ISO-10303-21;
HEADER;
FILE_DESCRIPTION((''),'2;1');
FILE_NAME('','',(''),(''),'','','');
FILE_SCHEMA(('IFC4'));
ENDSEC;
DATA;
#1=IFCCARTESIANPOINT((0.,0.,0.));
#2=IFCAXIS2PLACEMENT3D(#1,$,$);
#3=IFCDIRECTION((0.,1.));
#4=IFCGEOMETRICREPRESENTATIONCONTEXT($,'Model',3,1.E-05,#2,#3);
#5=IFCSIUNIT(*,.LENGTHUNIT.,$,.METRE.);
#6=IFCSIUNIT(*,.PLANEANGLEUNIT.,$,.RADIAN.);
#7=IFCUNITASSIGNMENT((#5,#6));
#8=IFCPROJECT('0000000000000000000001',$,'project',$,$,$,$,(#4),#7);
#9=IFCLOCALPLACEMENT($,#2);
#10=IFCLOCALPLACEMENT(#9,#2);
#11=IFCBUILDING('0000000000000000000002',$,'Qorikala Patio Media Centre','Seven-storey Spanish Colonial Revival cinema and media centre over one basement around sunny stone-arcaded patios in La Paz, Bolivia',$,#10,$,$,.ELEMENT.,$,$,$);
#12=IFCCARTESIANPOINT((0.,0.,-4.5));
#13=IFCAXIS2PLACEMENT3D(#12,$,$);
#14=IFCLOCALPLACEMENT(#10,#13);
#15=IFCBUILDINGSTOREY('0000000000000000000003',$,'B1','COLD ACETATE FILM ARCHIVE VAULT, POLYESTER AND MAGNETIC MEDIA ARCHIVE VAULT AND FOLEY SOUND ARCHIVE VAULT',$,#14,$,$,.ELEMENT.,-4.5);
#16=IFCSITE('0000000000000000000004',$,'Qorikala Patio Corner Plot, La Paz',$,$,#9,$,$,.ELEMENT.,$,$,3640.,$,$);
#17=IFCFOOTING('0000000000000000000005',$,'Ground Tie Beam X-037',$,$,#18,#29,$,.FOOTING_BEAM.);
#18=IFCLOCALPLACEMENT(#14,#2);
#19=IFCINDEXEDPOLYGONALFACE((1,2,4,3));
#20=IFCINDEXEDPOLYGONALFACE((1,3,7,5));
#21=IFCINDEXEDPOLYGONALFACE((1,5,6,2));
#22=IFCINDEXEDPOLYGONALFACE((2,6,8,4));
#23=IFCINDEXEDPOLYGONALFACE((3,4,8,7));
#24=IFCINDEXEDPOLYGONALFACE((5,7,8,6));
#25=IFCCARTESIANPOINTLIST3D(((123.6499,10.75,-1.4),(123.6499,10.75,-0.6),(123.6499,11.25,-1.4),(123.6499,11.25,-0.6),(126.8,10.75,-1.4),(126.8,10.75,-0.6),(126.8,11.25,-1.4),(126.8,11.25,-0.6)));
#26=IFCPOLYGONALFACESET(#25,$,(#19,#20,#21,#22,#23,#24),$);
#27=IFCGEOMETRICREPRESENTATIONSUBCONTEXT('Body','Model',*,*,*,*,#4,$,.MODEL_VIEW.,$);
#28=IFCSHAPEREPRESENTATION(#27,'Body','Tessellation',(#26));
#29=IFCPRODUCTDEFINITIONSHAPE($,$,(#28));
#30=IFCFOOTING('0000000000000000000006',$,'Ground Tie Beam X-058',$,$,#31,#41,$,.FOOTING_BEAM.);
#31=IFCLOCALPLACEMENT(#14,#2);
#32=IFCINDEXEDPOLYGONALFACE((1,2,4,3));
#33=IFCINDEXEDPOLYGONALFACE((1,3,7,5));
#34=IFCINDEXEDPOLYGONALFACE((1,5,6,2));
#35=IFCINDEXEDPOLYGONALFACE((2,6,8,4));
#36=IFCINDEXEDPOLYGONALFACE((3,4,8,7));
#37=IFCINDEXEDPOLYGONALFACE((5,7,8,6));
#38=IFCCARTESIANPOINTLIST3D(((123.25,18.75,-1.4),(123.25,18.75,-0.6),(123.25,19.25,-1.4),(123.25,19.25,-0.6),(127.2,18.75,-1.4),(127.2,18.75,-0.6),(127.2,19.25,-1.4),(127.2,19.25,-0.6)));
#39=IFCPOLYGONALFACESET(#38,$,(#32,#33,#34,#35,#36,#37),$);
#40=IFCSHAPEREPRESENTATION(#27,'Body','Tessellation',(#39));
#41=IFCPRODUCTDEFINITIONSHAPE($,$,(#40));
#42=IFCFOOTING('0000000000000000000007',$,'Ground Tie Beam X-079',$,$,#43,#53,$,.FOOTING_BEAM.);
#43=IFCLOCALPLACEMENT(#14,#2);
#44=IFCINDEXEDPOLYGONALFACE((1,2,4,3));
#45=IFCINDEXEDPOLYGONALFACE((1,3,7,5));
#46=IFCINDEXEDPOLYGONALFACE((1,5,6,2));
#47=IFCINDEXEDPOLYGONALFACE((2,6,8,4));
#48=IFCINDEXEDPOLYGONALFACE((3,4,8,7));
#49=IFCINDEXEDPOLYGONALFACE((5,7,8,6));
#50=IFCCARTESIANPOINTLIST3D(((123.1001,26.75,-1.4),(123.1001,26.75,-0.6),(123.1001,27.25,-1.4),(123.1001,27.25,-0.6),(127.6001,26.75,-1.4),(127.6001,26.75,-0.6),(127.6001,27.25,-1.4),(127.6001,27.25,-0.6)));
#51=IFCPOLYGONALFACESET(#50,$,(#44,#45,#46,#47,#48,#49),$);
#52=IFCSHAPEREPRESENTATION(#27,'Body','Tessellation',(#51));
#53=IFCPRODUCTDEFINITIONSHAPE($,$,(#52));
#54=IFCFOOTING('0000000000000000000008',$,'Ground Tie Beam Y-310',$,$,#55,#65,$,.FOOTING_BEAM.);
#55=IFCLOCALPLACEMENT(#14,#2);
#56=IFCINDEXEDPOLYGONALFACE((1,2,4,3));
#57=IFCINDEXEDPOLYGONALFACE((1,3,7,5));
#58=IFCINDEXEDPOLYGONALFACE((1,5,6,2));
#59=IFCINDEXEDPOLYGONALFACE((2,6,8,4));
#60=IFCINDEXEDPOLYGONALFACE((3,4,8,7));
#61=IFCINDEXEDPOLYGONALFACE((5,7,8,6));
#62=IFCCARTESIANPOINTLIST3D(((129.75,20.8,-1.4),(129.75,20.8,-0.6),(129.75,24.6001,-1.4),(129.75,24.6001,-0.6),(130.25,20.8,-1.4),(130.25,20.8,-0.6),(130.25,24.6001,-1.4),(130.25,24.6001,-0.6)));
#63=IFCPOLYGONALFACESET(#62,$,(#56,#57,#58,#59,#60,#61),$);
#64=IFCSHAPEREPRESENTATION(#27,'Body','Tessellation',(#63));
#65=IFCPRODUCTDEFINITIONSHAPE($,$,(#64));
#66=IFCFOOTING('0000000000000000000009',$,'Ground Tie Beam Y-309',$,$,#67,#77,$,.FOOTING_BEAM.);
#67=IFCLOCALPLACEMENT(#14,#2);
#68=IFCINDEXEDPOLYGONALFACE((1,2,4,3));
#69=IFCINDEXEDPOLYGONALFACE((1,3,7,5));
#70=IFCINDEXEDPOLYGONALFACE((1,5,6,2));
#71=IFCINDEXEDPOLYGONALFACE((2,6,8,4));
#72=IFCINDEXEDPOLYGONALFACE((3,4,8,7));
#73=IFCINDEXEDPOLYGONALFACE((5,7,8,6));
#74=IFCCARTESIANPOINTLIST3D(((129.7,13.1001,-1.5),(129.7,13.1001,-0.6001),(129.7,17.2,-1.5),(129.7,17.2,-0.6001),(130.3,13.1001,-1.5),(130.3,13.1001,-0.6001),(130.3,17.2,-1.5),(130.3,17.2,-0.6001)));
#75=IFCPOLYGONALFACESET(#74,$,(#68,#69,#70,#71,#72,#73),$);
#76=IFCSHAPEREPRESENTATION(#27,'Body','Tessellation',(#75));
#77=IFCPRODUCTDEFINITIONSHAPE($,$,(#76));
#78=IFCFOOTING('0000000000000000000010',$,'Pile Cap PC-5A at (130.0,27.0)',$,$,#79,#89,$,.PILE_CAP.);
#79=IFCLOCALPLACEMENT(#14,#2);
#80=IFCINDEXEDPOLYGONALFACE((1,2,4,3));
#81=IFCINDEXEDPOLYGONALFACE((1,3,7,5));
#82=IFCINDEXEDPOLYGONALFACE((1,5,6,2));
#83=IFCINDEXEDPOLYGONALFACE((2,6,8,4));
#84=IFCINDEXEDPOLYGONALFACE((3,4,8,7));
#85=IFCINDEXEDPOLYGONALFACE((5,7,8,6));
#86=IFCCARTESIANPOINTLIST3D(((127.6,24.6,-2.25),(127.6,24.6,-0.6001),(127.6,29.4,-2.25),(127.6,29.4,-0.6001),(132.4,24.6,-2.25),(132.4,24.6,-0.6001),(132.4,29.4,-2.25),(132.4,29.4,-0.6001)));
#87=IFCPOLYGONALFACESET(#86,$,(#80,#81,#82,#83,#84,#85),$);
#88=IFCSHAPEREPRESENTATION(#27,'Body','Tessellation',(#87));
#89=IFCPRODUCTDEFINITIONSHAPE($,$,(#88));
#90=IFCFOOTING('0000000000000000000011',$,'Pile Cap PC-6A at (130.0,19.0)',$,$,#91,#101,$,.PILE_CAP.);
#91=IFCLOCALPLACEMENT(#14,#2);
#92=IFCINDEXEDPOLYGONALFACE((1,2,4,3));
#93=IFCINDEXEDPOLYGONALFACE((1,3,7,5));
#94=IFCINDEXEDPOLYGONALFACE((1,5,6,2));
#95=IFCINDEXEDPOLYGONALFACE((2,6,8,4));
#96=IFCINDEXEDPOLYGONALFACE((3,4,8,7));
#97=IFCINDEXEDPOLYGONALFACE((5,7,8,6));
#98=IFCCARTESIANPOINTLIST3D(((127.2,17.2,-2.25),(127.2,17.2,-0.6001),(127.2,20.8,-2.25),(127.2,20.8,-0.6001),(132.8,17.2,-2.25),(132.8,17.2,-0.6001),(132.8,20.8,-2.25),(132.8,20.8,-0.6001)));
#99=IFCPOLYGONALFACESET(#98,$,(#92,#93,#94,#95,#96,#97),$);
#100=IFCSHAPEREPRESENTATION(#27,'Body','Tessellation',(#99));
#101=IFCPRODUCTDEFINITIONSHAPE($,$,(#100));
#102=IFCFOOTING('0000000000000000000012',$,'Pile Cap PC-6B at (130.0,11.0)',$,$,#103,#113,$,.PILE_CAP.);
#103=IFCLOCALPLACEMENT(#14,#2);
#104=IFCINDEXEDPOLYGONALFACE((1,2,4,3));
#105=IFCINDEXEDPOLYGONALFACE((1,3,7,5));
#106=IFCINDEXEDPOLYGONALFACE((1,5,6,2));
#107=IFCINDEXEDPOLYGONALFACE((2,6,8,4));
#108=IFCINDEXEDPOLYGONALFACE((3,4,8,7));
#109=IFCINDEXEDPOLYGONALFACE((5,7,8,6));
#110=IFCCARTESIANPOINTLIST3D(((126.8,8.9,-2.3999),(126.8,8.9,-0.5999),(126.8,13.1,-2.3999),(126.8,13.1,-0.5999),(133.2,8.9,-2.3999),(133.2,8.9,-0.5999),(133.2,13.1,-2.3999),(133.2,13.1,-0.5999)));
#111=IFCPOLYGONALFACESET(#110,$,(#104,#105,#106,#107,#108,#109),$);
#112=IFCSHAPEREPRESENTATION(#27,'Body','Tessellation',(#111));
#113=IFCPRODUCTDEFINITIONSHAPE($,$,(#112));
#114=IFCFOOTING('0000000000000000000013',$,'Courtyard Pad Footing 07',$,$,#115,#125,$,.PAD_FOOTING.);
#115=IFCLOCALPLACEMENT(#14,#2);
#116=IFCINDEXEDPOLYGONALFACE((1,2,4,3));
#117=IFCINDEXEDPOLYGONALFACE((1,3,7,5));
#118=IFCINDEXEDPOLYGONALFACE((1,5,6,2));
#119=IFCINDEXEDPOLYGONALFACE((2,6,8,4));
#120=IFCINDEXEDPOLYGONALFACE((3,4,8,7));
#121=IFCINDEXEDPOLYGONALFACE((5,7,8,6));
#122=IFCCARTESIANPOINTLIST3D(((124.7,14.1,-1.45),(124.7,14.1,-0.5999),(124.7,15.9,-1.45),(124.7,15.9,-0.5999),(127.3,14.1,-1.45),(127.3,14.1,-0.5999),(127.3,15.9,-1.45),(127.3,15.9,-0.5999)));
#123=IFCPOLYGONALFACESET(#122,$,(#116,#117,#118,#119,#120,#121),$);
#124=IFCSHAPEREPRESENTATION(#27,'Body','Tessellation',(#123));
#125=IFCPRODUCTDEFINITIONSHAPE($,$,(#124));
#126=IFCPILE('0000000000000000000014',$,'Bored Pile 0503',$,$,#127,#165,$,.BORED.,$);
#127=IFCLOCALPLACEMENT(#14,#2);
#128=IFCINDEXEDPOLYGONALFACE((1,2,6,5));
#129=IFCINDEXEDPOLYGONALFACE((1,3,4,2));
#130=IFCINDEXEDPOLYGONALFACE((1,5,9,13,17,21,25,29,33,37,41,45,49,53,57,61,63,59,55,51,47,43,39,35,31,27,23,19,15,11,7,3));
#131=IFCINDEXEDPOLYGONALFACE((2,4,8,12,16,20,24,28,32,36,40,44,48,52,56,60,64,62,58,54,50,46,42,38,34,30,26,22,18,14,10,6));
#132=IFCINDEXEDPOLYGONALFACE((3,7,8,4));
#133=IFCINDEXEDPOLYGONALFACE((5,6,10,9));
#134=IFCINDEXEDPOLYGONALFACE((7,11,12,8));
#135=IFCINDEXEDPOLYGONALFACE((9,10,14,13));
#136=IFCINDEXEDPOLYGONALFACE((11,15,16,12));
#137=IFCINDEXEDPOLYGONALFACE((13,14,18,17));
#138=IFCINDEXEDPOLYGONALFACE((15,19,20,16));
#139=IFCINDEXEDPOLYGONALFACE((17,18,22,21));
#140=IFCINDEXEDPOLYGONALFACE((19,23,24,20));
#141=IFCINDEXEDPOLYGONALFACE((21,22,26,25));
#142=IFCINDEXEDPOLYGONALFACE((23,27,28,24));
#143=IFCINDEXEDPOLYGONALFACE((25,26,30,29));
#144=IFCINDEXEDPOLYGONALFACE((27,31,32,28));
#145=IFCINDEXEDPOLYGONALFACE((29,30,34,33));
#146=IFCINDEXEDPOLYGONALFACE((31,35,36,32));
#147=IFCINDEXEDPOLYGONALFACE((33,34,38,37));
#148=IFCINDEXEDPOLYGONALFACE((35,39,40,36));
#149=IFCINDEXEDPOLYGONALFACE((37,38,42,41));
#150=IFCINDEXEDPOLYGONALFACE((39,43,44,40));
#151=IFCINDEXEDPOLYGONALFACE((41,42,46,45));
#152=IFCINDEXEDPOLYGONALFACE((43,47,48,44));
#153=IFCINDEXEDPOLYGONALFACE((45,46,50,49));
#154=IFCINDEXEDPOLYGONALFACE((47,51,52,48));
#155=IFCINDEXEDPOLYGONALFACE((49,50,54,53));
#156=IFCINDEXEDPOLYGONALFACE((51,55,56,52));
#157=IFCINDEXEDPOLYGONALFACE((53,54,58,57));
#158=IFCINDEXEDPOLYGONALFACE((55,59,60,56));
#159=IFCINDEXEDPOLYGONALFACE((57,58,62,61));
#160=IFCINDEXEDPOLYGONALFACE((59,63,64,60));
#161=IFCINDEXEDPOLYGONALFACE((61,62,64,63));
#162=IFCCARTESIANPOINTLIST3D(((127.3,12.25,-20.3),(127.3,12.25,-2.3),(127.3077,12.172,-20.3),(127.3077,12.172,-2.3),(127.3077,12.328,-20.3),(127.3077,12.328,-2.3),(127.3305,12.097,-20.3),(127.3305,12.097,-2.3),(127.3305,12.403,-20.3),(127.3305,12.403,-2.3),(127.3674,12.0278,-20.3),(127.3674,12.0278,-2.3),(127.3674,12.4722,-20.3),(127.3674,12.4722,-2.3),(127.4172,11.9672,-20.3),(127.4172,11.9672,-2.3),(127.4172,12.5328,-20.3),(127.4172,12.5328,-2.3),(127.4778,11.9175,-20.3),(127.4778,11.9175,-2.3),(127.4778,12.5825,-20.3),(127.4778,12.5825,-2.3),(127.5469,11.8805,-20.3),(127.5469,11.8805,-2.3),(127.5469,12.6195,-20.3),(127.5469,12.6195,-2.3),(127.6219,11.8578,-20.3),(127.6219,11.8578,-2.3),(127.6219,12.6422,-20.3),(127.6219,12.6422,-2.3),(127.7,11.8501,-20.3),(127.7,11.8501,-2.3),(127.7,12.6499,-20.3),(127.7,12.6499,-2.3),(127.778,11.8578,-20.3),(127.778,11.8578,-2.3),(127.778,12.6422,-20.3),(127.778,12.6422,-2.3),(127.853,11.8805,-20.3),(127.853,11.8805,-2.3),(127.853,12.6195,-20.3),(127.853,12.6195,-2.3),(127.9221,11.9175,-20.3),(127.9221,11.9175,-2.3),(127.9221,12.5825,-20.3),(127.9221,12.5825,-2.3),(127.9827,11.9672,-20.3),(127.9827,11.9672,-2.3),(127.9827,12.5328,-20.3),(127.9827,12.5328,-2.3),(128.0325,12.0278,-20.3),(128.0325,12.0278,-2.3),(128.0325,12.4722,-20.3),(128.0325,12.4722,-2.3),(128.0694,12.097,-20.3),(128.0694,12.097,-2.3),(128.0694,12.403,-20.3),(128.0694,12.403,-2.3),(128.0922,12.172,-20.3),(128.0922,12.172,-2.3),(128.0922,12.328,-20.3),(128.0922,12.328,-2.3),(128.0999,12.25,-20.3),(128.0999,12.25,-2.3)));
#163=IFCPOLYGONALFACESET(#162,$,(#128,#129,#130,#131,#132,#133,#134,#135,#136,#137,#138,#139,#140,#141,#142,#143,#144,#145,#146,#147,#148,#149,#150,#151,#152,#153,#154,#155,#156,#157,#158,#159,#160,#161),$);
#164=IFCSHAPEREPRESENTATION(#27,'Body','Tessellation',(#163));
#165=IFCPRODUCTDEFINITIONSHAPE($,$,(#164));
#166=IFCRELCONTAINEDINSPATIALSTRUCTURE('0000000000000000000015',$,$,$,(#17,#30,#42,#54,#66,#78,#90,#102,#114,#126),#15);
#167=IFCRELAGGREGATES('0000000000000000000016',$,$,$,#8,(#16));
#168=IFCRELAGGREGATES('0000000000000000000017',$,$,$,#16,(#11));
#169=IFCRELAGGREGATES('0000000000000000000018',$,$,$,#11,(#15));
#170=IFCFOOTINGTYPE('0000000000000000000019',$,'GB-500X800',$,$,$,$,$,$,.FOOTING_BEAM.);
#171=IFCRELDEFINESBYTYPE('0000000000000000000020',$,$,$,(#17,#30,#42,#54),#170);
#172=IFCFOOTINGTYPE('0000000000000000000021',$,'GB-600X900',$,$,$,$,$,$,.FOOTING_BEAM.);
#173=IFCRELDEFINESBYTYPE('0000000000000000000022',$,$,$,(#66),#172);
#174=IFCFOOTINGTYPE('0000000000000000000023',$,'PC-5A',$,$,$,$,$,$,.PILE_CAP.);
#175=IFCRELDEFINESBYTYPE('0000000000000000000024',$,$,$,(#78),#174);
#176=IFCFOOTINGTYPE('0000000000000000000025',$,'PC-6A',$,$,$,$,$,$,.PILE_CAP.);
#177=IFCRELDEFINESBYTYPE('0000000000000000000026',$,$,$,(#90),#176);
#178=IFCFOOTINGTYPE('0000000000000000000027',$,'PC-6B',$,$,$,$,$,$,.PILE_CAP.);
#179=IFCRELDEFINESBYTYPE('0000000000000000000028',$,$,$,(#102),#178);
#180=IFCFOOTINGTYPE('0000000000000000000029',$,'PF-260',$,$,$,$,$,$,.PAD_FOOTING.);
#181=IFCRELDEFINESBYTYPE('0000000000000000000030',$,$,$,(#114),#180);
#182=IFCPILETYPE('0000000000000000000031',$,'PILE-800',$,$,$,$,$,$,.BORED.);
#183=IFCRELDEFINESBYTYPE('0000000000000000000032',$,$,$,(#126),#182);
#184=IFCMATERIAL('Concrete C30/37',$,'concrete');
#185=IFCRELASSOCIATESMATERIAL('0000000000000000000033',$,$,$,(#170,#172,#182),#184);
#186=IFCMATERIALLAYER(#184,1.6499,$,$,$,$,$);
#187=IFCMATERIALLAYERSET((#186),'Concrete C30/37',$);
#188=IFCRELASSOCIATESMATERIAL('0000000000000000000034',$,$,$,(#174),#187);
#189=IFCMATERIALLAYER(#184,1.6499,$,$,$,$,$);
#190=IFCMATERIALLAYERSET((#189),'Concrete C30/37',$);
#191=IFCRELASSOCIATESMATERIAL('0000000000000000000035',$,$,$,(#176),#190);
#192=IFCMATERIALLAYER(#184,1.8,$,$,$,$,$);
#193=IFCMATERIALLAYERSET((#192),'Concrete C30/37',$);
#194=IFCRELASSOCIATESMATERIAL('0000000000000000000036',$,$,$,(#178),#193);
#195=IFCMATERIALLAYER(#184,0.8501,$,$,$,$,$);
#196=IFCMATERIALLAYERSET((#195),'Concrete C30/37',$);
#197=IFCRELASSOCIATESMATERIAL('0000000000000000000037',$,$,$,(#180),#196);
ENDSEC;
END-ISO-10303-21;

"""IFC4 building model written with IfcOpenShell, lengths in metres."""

from ifc_helpers import new_model, si_unit, direction, frame, origin, origin_2d, place, context, subcontext, project, spatial, rectangle, circle, extrude, material, layer, layer_set, material_profile, profile_set, type_object, element, save


model = new_model("IFC4")

# Units and contexts
model_context = context("Model", 3, precision=1e-05, world=origin(), true_north=direction((0.0, 1.0)))
body_context = subcontext(model_context, "Body", "Model", "MODEL_VIEW")
ifc_project = project(units=[si_unit("LENGTHUNIT", "METRE"), si_unit("PLANEANGLEUNIT", "RADIAN")], contexts=[model_context])

# Site, building, storey
site_placement = place(None, origin())
site = spatial("IfcSite", under=ifc_project, at=site_placement, Name="Qorikala Patio Corner Plot, La Paz", CompositionType="ELEMENT", RefElevation=3640.0)
building_placement = place(site_placement, origin())
building = spatial("IfcBuilding", under=site, at=building_placement, Name="Qorikala Patio Media Centre", Description="Seven-storey Spanish Colonial Revival cinema and media centre over one basement around sunny stone-arcaded patios in La Paz, Bolivia", CompositionType="ELEMENT")
storey_placement = place(building_placement, frame((0.0, 0.0, -4.5)))
storey = spatial("IfcBuildingStorey", under=building, at=storey_placement, Name="B1", Description="COLD ACETATE FILM ARCHIVE VAULT, POLYESTER AND MAGNETIC MEDIA ARCHIVE VAULT AND FOLEY SOUND ARCHIVE VAULT", CompositionType="ELEMENT", Elevation=-4.5)

# Footings
ifc_material_1 = material(Name="Concrete C30/37", Category="concrete")
ifc_material_profile_1 = material_profile(ifc_material_1, rectangle(XDim=0.5, YDim=0.8, at=origin_2d()), Name="RC 500x800")
ifc_profile_set_1 = profile_set([ifc_material_profile_1], Name="Concrete C30/37")
footing_type_1 = type_object("IfcFootingType", Name="GB-500X800", PredefinedType="FOOTING_BEAM", material=ifc_profile_set_1)
footing_1_placement = place(storey_placement, frame((123.6499, 11.0, -1.0), z_axis=(1.0, 0.0, 0.0), x_axis=(0.0, 1.0, 0.0)))
element("IfcFooting", 1, at=footing_1_placement, inside=storey, type_object=footing_type_1, Name="Ground Tie Beam X-037", PredefinedType="FOOTING_BEAM", context=body_context, shape_type="SweptSolid", body=[
    extrude(rectangle(XDim=0.5, YDim=0.8, at=origin_2d()), origin(), (0.0, 0.0, 1.0), 3.1501),
])
footing_2_placement = place(storey_placement, frame((123.25, 19.0, -1.0), z_axis=(1.0, 0.0, 0.0), x_axis=(0.0, 1.0, 0.0)))
element("IfcFooting", 2, at=footing_2_placement, inside=storey, type_object=footing_type_1, Name="Ground Tie Beam X-058", PredefinedType="FOOTING_BEAM", context=body_context, shape_type="SweptSolid", body=[
    extrude(rectangle(XDim=0.5, YDim=0.8, at=origin_2d()), origin(), (0.0, 0.0, 1.0), 3.95),
])
footing_3_placement = place(storey_placement, frame((123.1001, 27.0, -1.0), z_axis=(1.0, 0.0, 0.0), x_axis=(0.0, 1.0, 0.0)))
element("IfcFooting", 3, at=footing_3_placement, inside=storey, type_object=footing_type_1, Name="Ground Tie Beam X-079", PredefinedType="FOOTING_BEAM", context=body_context, shape_type="SweptSolid", body=[
    extrude(rectangle(XDim=0.5, YDim=0.8, at=origin_2d()), origin(), (0.0, 0.0, 1.0), 4.5),
])
footing_4_placement = place(storey_placement, frame((130.0, 20.8, -1.0), z_axis=(0.0, 1.0, 0.0), x_axis=(-1.0, 0.0, 0.0)))
element("IfcFooting", 4, at=footing_4_placement, inside=storey, type_object=footing_type_1, Name="Ground Tie Beam Y-310", PredefinedType="FOOTING_BEAM", context=body_context, shape_type="SweptSolid", body=[
    extrude(rectangle(XDim=0.5, YDim=0.8, at=origin_2d()), origin(), (0.0, 0.0, 1.0), 3.8),
])
ifc_material_profile_2 = material_profile(ifc_material_1, rectangle(XDim=0.6001, YDim=0.8999, at=origin_2d()), Name="RC 600x900")
ifc_profile_set_2 = profile_set([ifc_material_profile_2], Name="Concrete C30/37")
footing_type_2 = type_object("IfcFootingType", Name="GB-600X900", PredefinedType="FOOTING_BEAM", material=ifc_profile_set_2)
footing_5_placement = place(storey_placement, frame((130.0, 13.1001, -1.05), z_axis=(0.0, 1.0, 0.0), x_axis=(-1.0, 0.0, 0.0)))
element("IfcFooting", 5, at=footing_5_placement, inside=storey, type_object=footing_type_2, Name="Ground Tie Beam Y-309", PredefinedType="FOOTING_BEAM", context=body_context, shape_type="SweptSolid", body=[
    extrude(rectangle(XDim=0.6001, YDim=0.8999, at=origin_2d()), origin(), (0.0, 0.0, 1.0), 4.0999),
])
ifc_layer_1 = layer(ifc_material_1, 1.6499)
ifc_layer_set_1 = layer_set([ifc_layer_1], Name="Concrete C30/37")
footing_type_3 = type_object("IfcFootingType", Name="PC-5A", PredefinedType="PILE_CAP", material=ifc_layer_set_1)
footing_6_placement = place(storey_placement, frame((130.0, 27.0, -2.25), z_axis=(0.0, 0.0, 1.0), x_axis=(1.0, 0.0, 0.0)))
element("IfcFooting", 6, at=footing_6_placement, inside=storey, type_object=footing_type_3, Name="Pile Cap PC-5A at (130.0,27.0)", PredefinedType="PILE_CAP", context=body_context, shape_type="SweptSolid", body=[
    extrude(rectangle(XDim=4.8, YDim=4.8, at=origin_2d()), origin(), (0.0, 0.0, 1.0), 1.6499),
])
ifc_layer_2 = layer(ifc_material_1, 1.6499)
ifc_layer_set_2 = layer_set([ifc_layer_2], Name="Concrete C30/37")
footing_type_4 = type_object("IfcFootingType", Name="PC-6A", PredefinedType="PILE_CAP", material=ifc_layer_set_2)
footing_7_placement = place(storey_placement, frame((130.0, 19.0, -2.25), z_axis=(0.0, 0.0, 1.0), x_axis=(1.0, 0.0, 0.0)))
element("IfcFooting", 7, at=footing_7_placement, inside=storey, type_object=footing_type_4, Name="Pile Cap PC-6A at (130.0,19.0)", PredefinedType="PILE_CAP", context=body_context, shape_type="SweptSolid", body=[
    extrude(rectangle(XDim=5.6001, YDim=3.6001, at=origin_2d()), origin(), (0.0, 0.0, 1.0), 1.6499),
])
ifc_layer_3 = layer(ifc_material_1, 1.8)
ifc_layer_set_3 = layer_set([ifc_layer_3], Name="Concrete C30/37")
footing_type_5 = type_object("IfcFootingType", Name="PC-6B", PredefinedType="PILE_CAP", material=ifc_layer_set_3)
footing_8_placement = place(storey_placement, frame((130.0, 11.0, -2.3999), z_axis=(0.0, 0.0, 1.0), x_axis=(1.0, 0.0, 0.0)))
element("IfcFooting", 8, at=footing_8_placement, inside=storey, type_object=footing_type_5, Name="Pile Cap PC-6B at (130.0,11.0)", PredefinedType="PILE_CAP", context=body_context, shape_type="SweptSolid", body=[
    extrude(rectangle(XDim=6.3999, YDim=4.2, at=origin_2d()), origin(), (0.0, 0.0, 1.0), 1.8),
])
ifc_layer_4 = layer(ifc_material_1, 0.8501)
ifc_layer_set_4 = layer_set([ifc_layer_4], Name="Concrete C30/37")
footing_type_6 = type_object("IfcFootingType", Name="PF-260", PredefinedType="PAD_FOOTING", material=ifc_layer_set_4)
footing_9_placement = place(storey_placement, frame((126.0, 15.0, -1.45), z_axis=(0.0, 0.0, 1.0), x_axis=(1.0, 0.0, 0.0)))
element("IfcFooting", 9, at=footing_9_placement, inside=storey, type_object=footing_type_6, Name="Courtyard Pad Footing 07", PredefinedType="PAD_FOOTING", context=body_context, shape_type="SweptSolid", body=[
    extrude(rectangle(XDim=2.6001, YDim=1.8, at=origin_2d()), origin(), (0.0, 0.0, 1.0), 0.8501),
])

# Pile
ifc_material_profile_3 = material_profile(ifc_material_1, circle(Radius=0.3999, at=origin_2d()), Name="BORED PILE 800")
ifc_profile_set_3 = profile_set([ifc_material_profile_3], Name="Concrete C30/37")
pile_type = type_object("IfcPileType", Name="PILE-800", PredefinedType="BORED", material=ifc_profile_set_3)
for number, where, z_axis, x_axis, name in (
    (10, (127.7, 12.25, -2.3), (0.0, 0.0, -1.0), (1.0, 0.0, 0.0), "Bored Pile 0503"),
):
    element("IfcPile", number, at=place(storey_placement, frame(where, z_axis=z_axis, x_axis=x_axis)), inside=storey, type_object=pile_type, Name=name, PredefinedType="BORED", context=body_context, shape_type="SweptSolid", body=[
        extrude(circle(Radius=0.3999, at=origin_2d()), origin(), (0.0, 0.0, 1.0), 18.0),
    ])

save(model, "model.ifc")
